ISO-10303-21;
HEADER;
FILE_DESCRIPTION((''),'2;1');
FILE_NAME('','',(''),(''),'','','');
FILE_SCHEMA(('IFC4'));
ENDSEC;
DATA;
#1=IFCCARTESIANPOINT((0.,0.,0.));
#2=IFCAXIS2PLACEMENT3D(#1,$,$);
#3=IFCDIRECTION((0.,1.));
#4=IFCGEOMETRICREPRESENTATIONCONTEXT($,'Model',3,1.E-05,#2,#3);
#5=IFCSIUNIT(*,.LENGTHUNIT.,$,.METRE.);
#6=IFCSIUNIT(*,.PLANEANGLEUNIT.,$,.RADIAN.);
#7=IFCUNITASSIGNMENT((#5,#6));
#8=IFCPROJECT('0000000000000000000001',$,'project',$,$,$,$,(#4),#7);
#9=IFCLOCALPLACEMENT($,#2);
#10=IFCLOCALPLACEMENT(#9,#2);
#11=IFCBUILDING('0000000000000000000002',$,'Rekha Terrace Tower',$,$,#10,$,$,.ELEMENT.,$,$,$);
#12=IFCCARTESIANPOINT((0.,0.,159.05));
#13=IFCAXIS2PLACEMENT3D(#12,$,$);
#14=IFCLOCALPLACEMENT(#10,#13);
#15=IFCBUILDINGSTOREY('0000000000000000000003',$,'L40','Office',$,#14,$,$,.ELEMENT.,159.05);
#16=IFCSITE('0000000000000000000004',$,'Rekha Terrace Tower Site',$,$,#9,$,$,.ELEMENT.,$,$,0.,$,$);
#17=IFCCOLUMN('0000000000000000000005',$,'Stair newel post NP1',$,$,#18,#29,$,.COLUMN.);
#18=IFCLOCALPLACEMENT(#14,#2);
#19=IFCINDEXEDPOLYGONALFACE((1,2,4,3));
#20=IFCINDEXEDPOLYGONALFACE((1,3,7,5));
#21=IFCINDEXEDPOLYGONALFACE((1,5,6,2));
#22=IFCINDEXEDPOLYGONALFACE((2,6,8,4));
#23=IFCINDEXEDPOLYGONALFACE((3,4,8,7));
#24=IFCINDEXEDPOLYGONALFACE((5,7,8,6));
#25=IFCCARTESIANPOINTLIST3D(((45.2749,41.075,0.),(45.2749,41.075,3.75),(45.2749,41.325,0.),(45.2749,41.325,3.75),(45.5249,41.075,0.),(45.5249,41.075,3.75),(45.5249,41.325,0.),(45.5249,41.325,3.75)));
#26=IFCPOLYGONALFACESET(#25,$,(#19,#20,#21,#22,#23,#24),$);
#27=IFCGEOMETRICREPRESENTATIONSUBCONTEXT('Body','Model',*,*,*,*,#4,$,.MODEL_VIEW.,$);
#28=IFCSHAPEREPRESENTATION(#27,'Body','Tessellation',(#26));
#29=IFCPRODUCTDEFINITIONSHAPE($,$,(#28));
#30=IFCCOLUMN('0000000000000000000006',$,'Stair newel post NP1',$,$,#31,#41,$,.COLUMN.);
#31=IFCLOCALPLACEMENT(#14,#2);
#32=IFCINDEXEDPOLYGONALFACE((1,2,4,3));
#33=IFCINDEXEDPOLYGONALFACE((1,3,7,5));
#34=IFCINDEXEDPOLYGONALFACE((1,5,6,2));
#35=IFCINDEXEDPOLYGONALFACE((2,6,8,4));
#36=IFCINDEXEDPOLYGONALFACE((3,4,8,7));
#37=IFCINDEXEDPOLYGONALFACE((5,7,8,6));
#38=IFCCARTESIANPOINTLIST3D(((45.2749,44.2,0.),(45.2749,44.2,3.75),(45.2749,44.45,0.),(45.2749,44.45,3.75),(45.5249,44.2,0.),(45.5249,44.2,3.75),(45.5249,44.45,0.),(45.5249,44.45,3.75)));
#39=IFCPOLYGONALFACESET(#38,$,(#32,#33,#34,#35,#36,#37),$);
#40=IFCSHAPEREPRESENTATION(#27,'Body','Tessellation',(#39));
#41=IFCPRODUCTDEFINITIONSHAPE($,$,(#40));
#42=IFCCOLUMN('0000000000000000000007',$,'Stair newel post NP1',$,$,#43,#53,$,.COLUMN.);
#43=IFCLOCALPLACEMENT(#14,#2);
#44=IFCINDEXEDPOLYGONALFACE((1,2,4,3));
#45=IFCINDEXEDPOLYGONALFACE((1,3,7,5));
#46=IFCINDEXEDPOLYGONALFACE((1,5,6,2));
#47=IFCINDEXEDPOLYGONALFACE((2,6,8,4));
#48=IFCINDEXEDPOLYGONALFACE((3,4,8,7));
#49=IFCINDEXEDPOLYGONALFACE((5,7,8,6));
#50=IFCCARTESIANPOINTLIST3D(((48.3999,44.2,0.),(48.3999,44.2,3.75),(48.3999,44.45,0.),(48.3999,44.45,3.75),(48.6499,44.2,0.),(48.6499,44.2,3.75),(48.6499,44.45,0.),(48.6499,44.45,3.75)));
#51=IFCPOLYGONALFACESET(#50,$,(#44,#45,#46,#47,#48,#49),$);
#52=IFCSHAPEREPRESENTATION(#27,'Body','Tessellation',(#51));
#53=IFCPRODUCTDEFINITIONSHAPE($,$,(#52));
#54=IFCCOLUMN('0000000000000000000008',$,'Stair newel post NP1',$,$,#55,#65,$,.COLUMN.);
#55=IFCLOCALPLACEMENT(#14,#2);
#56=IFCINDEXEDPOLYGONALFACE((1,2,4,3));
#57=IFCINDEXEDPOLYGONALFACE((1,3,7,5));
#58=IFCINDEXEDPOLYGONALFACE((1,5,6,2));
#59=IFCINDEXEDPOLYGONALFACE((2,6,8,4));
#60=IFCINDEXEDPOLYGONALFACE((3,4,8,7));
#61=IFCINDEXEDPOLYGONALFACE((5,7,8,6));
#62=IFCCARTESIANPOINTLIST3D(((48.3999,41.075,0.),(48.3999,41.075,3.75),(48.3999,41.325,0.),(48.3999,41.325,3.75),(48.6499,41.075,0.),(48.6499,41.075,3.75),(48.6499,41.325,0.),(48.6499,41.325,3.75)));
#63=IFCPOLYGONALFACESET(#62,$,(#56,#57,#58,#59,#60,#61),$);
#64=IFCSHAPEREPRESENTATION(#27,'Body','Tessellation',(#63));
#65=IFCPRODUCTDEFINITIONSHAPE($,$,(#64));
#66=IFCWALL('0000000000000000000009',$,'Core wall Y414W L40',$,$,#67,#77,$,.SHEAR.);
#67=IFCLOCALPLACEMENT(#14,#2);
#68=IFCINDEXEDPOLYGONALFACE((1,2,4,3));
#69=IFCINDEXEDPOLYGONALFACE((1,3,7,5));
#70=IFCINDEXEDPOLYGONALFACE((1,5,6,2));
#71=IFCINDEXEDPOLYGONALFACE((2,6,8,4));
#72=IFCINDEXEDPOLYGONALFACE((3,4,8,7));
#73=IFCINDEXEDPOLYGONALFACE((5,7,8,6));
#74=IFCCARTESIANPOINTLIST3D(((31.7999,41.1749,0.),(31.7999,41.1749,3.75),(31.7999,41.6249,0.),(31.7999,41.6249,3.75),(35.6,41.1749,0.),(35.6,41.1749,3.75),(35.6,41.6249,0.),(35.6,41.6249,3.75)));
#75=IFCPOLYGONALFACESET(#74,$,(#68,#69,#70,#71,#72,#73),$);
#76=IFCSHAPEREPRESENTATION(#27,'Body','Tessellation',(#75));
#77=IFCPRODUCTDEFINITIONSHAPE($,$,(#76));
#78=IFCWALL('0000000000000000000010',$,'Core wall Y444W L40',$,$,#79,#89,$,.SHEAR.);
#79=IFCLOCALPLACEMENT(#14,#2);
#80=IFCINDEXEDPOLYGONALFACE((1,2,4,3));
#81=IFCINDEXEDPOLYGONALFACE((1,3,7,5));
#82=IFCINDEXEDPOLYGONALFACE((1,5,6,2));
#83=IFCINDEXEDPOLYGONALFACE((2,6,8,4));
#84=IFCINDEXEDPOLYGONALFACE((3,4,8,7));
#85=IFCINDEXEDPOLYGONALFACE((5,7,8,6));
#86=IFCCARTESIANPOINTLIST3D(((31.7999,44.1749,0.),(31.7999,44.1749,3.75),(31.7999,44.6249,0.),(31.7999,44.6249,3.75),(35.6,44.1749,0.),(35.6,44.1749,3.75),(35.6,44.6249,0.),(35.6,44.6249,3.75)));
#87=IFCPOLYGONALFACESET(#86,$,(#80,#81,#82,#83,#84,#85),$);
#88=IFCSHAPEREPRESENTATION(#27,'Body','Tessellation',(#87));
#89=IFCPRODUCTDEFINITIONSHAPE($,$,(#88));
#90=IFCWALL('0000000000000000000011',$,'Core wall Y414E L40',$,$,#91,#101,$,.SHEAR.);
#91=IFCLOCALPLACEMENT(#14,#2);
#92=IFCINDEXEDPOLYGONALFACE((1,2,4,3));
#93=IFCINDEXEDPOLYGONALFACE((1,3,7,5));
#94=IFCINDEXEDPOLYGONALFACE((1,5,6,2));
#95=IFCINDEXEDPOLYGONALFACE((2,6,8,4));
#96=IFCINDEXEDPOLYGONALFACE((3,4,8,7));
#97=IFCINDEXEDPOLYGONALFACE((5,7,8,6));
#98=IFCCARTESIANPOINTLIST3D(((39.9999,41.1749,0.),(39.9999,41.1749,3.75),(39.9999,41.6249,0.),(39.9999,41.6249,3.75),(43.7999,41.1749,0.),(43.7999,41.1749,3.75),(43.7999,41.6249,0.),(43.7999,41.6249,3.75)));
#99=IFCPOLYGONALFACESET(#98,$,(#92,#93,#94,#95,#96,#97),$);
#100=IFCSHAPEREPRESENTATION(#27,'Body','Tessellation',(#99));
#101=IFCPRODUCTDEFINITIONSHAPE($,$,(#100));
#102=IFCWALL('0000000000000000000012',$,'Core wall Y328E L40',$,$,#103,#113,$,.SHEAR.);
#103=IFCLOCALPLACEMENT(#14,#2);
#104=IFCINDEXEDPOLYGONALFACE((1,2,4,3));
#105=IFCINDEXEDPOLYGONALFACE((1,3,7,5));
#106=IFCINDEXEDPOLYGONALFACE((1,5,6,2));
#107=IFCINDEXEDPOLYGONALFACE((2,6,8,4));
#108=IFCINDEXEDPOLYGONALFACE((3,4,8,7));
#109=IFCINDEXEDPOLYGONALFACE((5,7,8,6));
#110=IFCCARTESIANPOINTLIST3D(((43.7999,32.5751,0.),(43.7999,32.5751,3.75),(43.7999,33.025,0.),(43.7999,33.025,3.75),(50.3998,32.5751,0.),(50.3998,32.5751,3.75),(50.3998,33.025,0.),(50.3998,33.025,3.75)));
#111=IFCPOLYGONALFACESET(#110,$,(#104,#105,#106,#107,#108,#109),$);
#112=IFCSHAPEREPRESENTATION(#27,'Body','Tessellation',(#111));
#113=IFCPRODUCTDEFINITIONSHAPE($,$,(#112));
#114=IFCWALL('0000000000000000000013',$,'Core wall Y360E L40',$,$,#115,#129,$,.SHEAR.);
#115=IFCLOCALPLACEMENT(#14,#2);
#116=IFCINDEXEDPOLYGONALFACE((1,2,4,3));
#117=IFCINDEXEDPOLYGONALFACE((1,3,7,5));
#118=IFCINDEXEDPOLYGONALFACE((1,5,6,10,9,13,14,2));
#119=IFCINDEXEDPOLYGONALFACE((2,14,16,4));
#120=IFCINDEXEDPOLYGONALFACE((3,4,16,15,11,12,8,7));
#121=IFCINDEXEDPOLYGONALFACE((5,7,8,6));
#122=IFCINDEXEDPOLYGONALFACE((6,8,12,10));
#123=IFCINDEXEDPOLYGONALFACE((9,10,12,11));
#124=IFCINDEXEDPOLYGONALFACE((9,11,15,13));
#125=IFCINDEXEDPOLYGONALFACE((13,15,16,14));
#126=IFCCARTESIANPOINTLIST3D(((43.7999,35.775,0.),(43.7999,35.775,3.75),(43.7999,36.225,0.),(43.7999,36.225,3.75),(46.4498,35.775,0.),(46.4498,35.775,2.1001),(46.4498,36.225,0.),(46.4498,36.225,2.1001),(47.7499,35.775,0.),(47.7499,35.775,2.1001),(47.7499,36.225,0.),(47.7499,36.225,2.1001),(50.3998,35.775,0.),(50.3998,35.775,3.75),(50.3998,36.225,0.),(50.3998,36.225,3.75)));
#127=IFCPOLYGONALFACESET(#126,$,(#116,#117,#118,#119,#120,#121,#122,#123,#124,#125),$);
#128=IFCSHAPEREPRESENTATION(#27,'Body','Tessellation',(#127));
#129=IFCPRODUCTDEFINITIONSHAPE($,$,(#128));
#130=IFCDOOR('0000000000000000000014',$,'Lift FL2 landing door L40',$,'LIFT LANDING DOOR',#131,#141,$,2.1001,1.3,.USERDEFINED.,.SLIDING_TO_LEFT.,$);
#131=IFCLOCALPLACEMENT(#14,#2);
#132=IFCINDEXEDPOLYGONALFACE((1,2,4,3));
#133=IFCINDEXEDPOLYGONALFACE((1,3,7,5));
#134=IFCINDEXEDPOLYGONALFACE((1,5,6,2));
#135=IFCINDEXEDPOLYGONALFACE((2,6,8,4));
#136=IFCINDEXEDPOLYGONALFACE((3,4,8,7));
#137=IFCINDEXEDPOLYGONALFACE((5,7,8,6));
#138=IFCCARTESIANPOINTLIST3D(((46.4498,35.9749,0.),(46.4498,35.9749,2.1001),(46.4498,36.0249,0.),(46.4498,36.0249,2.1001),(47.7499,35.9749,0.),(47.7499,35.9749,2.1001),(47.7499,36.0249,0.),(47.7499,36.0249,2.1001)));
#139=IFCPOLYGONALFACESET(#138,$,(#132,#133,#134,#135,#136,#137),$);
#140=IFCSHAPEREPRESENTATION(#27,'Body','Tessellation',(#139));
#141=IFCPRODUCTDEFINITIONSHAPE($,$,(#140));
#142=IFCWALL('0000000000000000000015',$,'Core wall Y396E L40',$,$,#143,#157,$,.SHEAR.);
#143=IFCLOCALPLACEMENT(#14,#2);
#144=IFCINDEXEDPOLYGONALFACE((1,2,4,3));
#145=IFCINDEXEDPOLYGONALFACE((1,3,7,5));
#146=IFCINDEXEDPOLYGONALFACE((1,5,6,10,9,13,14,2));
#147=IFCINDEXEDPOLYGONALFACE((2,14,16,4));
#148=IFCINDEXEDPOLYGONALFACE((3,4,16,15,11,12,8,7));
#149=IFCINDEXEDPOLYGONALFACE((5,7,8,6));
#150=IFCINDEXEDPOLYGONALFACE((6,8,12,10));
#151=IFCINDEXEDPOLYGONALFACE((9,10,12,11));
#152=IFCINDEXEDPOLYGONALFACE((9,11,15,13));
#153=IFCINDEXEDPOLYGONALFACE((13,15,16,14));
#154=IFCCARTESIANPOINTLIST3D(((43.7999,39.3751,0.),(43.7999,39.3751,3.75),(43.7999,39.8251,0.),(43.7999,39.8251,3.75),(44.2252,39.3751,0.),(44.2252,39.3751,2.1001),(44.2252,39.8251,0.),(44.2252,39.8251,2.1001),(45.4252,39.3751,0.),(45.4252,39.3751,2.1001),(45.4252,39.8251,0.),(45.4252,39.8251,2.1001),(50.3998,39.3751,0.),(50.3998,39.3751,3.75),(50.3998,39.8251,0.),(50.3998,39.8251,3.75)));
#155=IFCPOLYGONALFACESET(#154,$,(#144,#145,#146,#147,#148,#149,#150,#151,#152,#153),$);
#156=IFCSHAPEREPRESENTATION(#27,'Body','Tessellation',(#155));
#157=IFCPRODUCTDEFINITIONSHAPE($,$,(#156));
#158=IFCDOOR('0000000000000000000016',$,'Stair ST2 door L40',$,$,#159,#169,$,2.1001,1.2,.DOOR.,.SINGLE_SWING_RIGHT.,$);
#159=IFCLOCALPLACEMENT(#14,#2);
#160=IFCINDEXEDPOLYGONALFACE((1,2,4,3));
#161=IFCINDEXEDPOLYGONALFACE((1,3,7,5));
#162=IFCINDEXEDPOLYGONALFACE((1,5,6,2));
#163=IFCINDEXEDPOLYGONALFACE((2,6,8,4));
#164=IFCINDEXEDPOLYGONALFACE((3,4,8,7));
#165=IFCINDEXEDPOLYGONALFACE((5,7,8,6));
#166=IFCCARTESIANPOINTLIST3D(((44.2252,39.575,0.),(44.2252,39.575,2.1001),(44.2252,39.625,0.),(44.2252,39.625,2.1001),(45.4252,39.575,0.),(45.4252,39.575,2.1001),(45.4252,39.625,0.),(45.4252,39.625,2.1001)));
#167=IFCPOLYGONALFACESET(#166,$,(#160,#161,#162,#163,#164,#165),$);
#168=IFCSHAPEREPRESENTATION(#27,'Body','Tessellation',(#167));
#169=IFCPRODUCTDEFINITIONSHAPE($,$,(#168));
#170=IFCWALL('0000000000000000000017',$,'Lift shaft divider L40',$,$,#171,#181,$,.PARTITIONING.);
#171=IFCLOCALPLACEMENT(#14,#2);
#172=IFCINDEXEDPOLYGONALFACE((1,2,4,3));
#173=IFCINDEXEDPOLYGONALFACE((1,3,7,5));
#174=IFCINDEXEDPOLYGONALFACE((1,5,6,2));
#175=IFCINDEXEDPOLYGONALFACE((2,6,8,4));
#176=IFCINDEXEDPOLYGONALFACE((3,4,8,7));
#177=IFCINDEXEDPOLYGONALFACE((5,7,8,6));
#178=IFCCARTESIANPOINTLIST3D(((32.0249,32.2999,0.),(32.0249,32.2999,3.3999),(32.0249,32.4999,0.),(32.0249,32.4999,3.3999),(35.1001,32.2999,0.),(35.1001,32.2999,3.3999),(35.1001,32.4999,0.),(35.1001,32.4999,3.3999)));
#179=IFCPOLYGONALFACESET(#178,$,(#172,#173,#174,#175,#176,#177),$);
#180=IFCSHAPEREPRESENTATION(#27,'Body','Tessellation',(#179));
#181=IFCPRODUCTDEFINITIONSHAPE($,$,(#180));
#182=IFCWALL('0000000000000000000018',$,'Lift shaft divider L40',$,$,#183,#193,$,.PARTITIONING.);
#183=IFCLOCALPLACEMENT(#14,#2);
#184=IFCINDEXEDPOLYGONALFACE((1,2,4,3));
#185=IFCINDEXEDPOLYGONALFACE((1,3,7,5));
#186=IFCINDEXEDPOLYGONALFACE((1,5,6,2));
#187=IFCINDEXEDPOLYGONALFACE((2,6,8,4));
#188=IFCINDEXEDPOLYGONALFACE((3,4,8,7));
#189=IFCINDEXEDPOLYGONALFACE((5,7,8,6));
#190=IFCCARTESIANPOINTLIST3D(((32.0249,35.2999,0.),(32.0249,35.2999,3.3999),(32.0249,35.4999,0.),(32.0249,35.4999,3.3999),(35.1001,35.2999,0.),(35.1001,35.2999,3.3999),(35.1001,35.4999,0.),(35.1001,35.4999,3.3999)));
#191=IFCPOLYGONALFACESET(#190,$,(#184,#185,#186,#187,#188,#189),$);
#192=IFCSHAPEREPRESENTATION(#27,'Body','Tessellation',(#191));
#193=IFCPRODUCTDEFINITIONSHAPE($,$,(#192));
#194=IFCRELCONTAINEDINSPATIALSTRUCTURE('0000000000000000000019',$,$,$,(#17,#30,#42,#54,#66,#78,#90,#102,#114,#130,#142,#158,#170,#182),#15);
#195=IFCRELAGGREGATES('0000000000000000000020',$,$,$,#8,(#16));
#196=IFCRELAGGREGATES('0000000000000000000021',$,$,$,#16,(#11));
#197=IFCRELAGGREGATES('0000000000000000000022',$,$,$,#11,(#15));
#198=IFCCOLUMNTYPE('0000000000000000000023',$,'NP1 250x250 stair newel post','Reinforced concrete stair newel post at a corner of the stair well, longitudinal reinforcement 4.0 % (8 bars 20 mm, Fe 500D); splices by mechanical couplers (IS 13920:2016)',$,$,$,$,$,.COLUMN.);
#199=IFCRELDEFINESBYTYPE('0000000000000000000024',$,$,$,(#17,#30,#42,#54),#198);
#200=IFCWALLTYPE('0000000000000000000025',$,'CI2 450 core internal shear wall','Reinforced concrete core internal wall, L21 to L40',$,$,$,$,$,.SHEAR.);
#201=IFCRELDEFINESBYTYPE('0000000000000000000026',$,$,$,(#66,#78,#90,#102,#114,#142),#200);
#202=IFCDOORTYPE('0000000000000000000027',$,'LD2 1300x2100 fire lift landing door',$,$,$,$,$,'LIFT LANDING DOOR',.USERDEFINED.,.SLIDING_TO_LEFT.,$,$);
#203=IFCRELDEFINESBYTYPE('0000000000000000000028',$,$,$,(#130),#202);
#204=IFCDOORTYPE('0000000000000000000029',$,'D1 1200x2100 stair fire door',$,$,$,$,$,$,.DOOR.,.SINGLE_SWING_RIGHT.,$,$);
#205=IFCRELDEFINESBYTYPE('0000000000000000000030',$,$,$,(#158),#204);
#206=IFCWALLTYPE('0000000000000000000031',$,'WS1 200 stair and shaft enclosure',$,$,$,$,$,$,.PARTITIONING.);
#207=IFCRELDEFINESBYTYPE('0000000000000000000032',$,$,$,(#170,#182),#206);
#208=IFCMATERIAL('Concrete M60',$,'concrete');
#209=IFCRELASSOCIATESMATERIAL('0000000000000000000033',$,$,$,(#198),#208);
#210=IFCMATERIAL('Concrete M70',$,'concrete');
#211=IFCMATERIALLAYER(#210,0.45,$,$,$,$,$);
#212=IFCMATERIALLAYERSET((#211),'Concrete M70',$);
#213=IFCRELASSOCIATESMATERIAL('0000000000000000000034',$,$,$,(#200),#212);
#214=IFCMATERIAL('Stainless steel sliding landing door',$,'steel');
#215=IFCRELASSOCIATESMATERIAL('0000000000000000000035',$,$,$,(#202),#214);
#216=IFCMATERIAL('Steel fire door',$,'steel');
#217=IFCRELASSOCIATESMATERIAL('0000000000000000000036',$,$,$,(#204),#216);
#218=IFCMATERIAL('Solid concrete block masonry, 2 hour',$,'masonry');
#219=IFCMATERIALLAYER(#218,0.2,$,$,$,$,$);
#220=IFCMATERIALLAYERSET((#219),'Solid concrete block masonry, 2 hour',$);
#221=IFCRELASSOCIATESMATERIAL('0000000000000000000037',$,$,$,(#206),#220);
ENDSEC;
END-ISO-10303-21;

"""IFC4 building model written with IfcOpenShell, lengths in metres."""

from ifc_helpers import new_model, si_unit, direction, frame, frame_2d, origin, origin_2d, place, context, subcontext, project, spatial, rectangle, extrude, material, layer, layer_set, material_profile, profile_set, type_object, element, fill, save


model = new_model("IFC4")

# Units and contexts
model_context = context("Model", 3, precision=1e-05, world=origin(), true_north=direction((0.0, 1.0)))
body_context = subcontext(model_context, "Body", "Model", "MODEL_VIEW")
ifc_project = project(units=[si_unit("LENGTHUNIT", "METRE"), si_unit("PLANEANGLEUNIT", "RADIAN")], contexts=[model_context])

# Site, building, storey
site_placement = place(None, origin())
site = spatial("IfcSite", under=ifc_project, at=site_placement, Name="Rekha Terrace Tower Site", CompositionType="ELEMENT", RefElevation=0.0)
building_placement = place(site_placement, origin())
building = spatial("IfcBuilding", under=site, at=building_placement, Name="Rekha Terrace Tower", CompositionType="ELEMENT")
storey_placement = place(building_placement, frame((0.0, 0.0, 159.05)))
storey = spatial("IfcBuildingStorey", under=building, at=storey_placement, Name="L40", Description="Office", CompositionType="ELEMENT", Elevation=159.05)

# Columns
ifc_material_1 = material(Name="Concrete M60", Category="concrete")
ifc_material_profile = material_profile(ifc_material_1, rectangle(XDim=0.25, YDim=0.25, at=origin_2d()), Name="RC 250x250")
ifc_profile_set = profile_set([ifc_material_profile], Name="Concrete M60")
column_type = type_object("IfcColumnType", Name="NP1 250x250 stair newel post", Description="Reinforced concrete stair newel post at a corner of the stair well, longitudinal reinforcement 4.0 % (8 bars 20 mm, Fe 500D); splices by mechanical couplers (IS 13920:2016)", PredefinedType="COLUMN", material=ifc_profile_set)
for number, where, z_axis, x_axis, name in (
    (1, (45.3999, 41.2, 0.0), (0.0, 0.0, 1.0), (1.0, 0.0, 0.0), "Stair newel post NP1"),
    (2, (45.3999, 44.325, 0.0), (0.0, 0.0, 1.0), (1.0, 0.0, 0.0), "Stair newel post NP1"),
    (3, (48.5249, 44.325, 0.0), (0.0, 0.0, 1.0), (1.0, 0.0, 0.0), "Stair newel post NP1"),
    (4, (48.5249, 41.2, 0.0), (0.0, 0.0, 1.0), (1.0, 0.0, 0.0), "Stair newel post NP1"),
):
    element("IfcColumn", number, at=place(storey_placement, frame(where, z_axis=z_axis, x_axis=x_axis)), inside=storey, type_object=column_type, Name=name, PredefinedType="COLUMN", context=body_context, shape_type="SweptSolid", body=[
        extrude(rectangle(XDim=0.25, YDim=0.25, at=origin_2d()), origin(), (0.0, 0.0, 1.0), 3.75),
    ])

# Walls
ifc_material_2 = material(Name="Concrete M70", Category="concrete")
ifc_layer_1 = layer(ifc_material_2, 0.45)
ifc_layer_set_1 = layer_set([ifc_layer_1], Name="Concrete M70")
wall_type_1 = type_object("IfcWallType", Name="CI2 450 core internal shear wall", Description="Reinforced concrete core internal wall, L21 to L40", PredefinedType="SHEAR", material=ifc_layer_set_1)
for number, where, z_axis, x_axis, name in (
    (5, (31.8, 41.3999, 0.0), (0.0, 0.0, 1.0), (1.0, 0.0, 0.0), "Core wall Y414W L40"),
    (6, (31.8, 44.3999, 0.0), (0.0, 0.0, 1.0), (1.0, 0.0, 0.0), "Core wall Y444W L40"),
    (7, (40.0, 41.3999, 0.0), (0.0, 0.0, 1.0), (1.0, 0.0, 0.0), "Core wall Y414E L40"),
):
    element("IfcWall", number, at=place(storey_placement, frame(where, z_axis=z_axis, x_axis=x_axis)), inside=storey, type_object=wall_type_1, Name=name, PredefinedType="SHEAR", context=body_context, shape_type="SweptSolid", body=[
        extrude(rectangle(XDim=3.8, YDim=0.45, at=frame_2d((1.8999, 0.0))), origin(), (0.0, 0.0, 1.0), 3.75),
    ])
wall_1_placement = place(storey_placement, frame((43.8, 32.8, 0.0), z_axis=(0.0, 0.0, 1.0), x_axis=(1.0, 0.0, 0.0)))
element("IfcWall", 8, at=wall_1_placement, inside=storey, type_object=wall_type_1, Name="Core wall Y328E L40", PredefinedType="SHEAR", context=body_context, shape_type="SweptSolid", body=[
    extrude(rectangle(XDim=6.5999, YDim=0.45, at=frame_2d((3.2998, 0.0))), origin(), (0.0, 0.0, 1.0), 3.75),
])

# Walls, openings, doors
wall_2_placement = place(storey_placement, frame((43.8, 36.0, 0.0), z_axis=(0.0, 0.0, 1.0), x_axis=(1.0, 0.0, 0.0)))
wall_2 = element("IfcWall", 9, at=wall_2_placement, inside=storey, type_object=wall_type_1, Name="Core wall Y360E L40", PredefinedType="SHEAR", context=body_context, shape_type="SweptSolid", body=[
    extrude(rectangle(XDim=6.5999, YDim=0.45, at=frame_2d((3.2998, 0.0))), origin(), (0.0, 0.0, 1.0), 3.75),
])
opening_1_placement = place(wall_2_placement, frame((2.6499, 0.0, 0.0)))
opening_1 = element("IfcOpeningElement", 10, at=opening_1_placement, cuts=wall_2, PredefinedType="OPENING", context=body_context, shape_type="SweptSolid", body=[
    extrude(rectangle(XDim=1.3, YDim=2.1001, at=frame_2d((0.6499, 1.05))), frame((0.0, 0.2349, 0.0), z_axis=(0.0, -1.0, 0.0), x_axis=(1.0, 0.0, 0.0)), (0.0, 0.0, 1.0), 0.47),
])
ifc_material_3 = material(Name="Stainless steel sliding landing door", Category="steel")
door_type_1 = type_object("IfcDoorType", Name="LD2 1300x2100 fire lift landing door", ElementType="LIFT LANDING DOOR", OperationType="SLIDING_TO_LEFT", PredefinedType="USERDEFINED", material=ifc_material_3)
door_1_placement = place(opening_1_placement, origin())
door_1 = element("IfcDoor", 11, at=door_1_placement, inside=storey, type_object=door_type_1, Name="Lift FL2 landing door L40", ObjectType="LIFT LANDING DOOR", OperationType="SLIDING_TO_LEFT", OverallHeight=2.1001, OverallWidth=1.3, PredefinedType="USERDEFINED", context=body_context, shape_type="SweptSolid", body=[
    extrude(rectangle(XDim=1.3, YDim=2.1001, at=frame_2d((0.6499, 1.05))), frame((0.0, 0.0249, 0.0), z_axis=(0.0, -1.0, 0.0), x_axis=(1.0, 0.0, 0.0)), (0.0, 0.0, 1.0), 0.05),
])
fill(opening_1, door_1)
wall_3_placement = place(storey_placement, frame((43.8, 39.6001, 0.0), z_axis=(0.0, 0.0, 1.0), x_axis=(1.0, 0.0, 0.0)))
wall_3 = element("IfcWall", 12, at=wall_3_placement, inside=storey, type_object=wall_type_1, Name="Core wall Y396E L40", PredefinedType="SHEAR", context=body_context, shape_type="SweptSolid", body=[
    extrude(rectangle(XDim=6.5999, YDim=0.45, at=frame_2d((3.2998, 0.0))), origin(), (0.0, 0.0, 1.0), 3.75),
])
opening_2_placement = place(wall_3_placement, frame((0.425, 0.0, 0.0)))
opening_2 = element("IfcOpeningElement", 13, at=opening_2_placement, cuts=wall_3, PredefinedType="OPENING", context=body_context, shape_type="SweptSolid", body=[
    extrude(rectangle(XDim=1.2, YDim=2.1001, at=frame_2d((0.6001, 1.05))), frame((0.0, 0.2349, 0.0), z_axis=(0.0, -1.0, 0.0), x_axis=(1.0, 0.0, 0.0)), (0.0, 0.0, 1.0), 0.47),
])
ifc_material_4 = material(Name="Steel fire door", Category="steel")
door_type_2 = type_object("IfcDoorType", Name="D1 1200x2100 stair fire door", OperationType="SINGLE_SWING_RIGHT", PredefinedType="DOOR", material=ifc_material_4)
door_2_placement = place(opening_2_placement, origin())
door_2 = element("IfcDoor", 14, at=door_2_placement, inside=storey, type_object=door_type_2, Name="Stair ST2 door L40", OperationType="SINGLE_SWING_RIGHT", OverallHeight=2.1001, OverallWidth=1.2, PredefinedType="DOOR", context=body_context, shape_type="SweptSolid", body=[
    extrude(rectangle(XDim=1.2, YDim=2.1001, at=frame_2d((0.6001, 1.05))), frame((0.0, 0.0249, 0.0), z_axis=(0.0, -1.0, 0.0), x_axis=(1.0, 0.0, 0.0)), (0.0, 0.0, 1.0), 0.05),
])
fill(opening_2, door_2)

# Walls
ifc_material_5 = material(Name="Solid concrete block masonry, 2 hour", Category="masonry")
ifc_layer_2 = layer(ifc_material_5, 0.2)
ifc_layer_set_2 = layer_set([ifc_layer_2], Name="Solid concrete block masonry, 2 hour")
wall_type_2 = type_object("IfcWallType", Name="WS1 200 stair and shaft enclosure", PredefinedType="PARTITIONING", material=ifc_layer_set_2)
for number, where, z_axis, x_axis, name in (
    (15, (32.0249, 32.3999, 0.0), (0.0, 0.0, 1.0), (1.0, 0.0, 0.0), "Lift shaft divider L40"),
    (16, (32.0249, 35.3999, 0.0), (0.0, 0.0, 1.0), (1.0, 0.0, 0.0), "Lift shaft divider L40"),
):
    element("IfcWall", number, at=place(storey_placement, frame(where, z_axis=z_axis, x_axis=x_axis)), inside=storey, type_object=wall_type_2, Name=name, PredefinedType="PARTITIONING", context=body_context, shape_type="SweptSolid", body=[
        extrude(rectangle(XDim=3.0752, YDim=0.2, at=frame_2d((1.5376, 0.0))), origin(), (0.0, 0.0, 1.0), 3.3999),
    ])

save(model, "model.ifc")
